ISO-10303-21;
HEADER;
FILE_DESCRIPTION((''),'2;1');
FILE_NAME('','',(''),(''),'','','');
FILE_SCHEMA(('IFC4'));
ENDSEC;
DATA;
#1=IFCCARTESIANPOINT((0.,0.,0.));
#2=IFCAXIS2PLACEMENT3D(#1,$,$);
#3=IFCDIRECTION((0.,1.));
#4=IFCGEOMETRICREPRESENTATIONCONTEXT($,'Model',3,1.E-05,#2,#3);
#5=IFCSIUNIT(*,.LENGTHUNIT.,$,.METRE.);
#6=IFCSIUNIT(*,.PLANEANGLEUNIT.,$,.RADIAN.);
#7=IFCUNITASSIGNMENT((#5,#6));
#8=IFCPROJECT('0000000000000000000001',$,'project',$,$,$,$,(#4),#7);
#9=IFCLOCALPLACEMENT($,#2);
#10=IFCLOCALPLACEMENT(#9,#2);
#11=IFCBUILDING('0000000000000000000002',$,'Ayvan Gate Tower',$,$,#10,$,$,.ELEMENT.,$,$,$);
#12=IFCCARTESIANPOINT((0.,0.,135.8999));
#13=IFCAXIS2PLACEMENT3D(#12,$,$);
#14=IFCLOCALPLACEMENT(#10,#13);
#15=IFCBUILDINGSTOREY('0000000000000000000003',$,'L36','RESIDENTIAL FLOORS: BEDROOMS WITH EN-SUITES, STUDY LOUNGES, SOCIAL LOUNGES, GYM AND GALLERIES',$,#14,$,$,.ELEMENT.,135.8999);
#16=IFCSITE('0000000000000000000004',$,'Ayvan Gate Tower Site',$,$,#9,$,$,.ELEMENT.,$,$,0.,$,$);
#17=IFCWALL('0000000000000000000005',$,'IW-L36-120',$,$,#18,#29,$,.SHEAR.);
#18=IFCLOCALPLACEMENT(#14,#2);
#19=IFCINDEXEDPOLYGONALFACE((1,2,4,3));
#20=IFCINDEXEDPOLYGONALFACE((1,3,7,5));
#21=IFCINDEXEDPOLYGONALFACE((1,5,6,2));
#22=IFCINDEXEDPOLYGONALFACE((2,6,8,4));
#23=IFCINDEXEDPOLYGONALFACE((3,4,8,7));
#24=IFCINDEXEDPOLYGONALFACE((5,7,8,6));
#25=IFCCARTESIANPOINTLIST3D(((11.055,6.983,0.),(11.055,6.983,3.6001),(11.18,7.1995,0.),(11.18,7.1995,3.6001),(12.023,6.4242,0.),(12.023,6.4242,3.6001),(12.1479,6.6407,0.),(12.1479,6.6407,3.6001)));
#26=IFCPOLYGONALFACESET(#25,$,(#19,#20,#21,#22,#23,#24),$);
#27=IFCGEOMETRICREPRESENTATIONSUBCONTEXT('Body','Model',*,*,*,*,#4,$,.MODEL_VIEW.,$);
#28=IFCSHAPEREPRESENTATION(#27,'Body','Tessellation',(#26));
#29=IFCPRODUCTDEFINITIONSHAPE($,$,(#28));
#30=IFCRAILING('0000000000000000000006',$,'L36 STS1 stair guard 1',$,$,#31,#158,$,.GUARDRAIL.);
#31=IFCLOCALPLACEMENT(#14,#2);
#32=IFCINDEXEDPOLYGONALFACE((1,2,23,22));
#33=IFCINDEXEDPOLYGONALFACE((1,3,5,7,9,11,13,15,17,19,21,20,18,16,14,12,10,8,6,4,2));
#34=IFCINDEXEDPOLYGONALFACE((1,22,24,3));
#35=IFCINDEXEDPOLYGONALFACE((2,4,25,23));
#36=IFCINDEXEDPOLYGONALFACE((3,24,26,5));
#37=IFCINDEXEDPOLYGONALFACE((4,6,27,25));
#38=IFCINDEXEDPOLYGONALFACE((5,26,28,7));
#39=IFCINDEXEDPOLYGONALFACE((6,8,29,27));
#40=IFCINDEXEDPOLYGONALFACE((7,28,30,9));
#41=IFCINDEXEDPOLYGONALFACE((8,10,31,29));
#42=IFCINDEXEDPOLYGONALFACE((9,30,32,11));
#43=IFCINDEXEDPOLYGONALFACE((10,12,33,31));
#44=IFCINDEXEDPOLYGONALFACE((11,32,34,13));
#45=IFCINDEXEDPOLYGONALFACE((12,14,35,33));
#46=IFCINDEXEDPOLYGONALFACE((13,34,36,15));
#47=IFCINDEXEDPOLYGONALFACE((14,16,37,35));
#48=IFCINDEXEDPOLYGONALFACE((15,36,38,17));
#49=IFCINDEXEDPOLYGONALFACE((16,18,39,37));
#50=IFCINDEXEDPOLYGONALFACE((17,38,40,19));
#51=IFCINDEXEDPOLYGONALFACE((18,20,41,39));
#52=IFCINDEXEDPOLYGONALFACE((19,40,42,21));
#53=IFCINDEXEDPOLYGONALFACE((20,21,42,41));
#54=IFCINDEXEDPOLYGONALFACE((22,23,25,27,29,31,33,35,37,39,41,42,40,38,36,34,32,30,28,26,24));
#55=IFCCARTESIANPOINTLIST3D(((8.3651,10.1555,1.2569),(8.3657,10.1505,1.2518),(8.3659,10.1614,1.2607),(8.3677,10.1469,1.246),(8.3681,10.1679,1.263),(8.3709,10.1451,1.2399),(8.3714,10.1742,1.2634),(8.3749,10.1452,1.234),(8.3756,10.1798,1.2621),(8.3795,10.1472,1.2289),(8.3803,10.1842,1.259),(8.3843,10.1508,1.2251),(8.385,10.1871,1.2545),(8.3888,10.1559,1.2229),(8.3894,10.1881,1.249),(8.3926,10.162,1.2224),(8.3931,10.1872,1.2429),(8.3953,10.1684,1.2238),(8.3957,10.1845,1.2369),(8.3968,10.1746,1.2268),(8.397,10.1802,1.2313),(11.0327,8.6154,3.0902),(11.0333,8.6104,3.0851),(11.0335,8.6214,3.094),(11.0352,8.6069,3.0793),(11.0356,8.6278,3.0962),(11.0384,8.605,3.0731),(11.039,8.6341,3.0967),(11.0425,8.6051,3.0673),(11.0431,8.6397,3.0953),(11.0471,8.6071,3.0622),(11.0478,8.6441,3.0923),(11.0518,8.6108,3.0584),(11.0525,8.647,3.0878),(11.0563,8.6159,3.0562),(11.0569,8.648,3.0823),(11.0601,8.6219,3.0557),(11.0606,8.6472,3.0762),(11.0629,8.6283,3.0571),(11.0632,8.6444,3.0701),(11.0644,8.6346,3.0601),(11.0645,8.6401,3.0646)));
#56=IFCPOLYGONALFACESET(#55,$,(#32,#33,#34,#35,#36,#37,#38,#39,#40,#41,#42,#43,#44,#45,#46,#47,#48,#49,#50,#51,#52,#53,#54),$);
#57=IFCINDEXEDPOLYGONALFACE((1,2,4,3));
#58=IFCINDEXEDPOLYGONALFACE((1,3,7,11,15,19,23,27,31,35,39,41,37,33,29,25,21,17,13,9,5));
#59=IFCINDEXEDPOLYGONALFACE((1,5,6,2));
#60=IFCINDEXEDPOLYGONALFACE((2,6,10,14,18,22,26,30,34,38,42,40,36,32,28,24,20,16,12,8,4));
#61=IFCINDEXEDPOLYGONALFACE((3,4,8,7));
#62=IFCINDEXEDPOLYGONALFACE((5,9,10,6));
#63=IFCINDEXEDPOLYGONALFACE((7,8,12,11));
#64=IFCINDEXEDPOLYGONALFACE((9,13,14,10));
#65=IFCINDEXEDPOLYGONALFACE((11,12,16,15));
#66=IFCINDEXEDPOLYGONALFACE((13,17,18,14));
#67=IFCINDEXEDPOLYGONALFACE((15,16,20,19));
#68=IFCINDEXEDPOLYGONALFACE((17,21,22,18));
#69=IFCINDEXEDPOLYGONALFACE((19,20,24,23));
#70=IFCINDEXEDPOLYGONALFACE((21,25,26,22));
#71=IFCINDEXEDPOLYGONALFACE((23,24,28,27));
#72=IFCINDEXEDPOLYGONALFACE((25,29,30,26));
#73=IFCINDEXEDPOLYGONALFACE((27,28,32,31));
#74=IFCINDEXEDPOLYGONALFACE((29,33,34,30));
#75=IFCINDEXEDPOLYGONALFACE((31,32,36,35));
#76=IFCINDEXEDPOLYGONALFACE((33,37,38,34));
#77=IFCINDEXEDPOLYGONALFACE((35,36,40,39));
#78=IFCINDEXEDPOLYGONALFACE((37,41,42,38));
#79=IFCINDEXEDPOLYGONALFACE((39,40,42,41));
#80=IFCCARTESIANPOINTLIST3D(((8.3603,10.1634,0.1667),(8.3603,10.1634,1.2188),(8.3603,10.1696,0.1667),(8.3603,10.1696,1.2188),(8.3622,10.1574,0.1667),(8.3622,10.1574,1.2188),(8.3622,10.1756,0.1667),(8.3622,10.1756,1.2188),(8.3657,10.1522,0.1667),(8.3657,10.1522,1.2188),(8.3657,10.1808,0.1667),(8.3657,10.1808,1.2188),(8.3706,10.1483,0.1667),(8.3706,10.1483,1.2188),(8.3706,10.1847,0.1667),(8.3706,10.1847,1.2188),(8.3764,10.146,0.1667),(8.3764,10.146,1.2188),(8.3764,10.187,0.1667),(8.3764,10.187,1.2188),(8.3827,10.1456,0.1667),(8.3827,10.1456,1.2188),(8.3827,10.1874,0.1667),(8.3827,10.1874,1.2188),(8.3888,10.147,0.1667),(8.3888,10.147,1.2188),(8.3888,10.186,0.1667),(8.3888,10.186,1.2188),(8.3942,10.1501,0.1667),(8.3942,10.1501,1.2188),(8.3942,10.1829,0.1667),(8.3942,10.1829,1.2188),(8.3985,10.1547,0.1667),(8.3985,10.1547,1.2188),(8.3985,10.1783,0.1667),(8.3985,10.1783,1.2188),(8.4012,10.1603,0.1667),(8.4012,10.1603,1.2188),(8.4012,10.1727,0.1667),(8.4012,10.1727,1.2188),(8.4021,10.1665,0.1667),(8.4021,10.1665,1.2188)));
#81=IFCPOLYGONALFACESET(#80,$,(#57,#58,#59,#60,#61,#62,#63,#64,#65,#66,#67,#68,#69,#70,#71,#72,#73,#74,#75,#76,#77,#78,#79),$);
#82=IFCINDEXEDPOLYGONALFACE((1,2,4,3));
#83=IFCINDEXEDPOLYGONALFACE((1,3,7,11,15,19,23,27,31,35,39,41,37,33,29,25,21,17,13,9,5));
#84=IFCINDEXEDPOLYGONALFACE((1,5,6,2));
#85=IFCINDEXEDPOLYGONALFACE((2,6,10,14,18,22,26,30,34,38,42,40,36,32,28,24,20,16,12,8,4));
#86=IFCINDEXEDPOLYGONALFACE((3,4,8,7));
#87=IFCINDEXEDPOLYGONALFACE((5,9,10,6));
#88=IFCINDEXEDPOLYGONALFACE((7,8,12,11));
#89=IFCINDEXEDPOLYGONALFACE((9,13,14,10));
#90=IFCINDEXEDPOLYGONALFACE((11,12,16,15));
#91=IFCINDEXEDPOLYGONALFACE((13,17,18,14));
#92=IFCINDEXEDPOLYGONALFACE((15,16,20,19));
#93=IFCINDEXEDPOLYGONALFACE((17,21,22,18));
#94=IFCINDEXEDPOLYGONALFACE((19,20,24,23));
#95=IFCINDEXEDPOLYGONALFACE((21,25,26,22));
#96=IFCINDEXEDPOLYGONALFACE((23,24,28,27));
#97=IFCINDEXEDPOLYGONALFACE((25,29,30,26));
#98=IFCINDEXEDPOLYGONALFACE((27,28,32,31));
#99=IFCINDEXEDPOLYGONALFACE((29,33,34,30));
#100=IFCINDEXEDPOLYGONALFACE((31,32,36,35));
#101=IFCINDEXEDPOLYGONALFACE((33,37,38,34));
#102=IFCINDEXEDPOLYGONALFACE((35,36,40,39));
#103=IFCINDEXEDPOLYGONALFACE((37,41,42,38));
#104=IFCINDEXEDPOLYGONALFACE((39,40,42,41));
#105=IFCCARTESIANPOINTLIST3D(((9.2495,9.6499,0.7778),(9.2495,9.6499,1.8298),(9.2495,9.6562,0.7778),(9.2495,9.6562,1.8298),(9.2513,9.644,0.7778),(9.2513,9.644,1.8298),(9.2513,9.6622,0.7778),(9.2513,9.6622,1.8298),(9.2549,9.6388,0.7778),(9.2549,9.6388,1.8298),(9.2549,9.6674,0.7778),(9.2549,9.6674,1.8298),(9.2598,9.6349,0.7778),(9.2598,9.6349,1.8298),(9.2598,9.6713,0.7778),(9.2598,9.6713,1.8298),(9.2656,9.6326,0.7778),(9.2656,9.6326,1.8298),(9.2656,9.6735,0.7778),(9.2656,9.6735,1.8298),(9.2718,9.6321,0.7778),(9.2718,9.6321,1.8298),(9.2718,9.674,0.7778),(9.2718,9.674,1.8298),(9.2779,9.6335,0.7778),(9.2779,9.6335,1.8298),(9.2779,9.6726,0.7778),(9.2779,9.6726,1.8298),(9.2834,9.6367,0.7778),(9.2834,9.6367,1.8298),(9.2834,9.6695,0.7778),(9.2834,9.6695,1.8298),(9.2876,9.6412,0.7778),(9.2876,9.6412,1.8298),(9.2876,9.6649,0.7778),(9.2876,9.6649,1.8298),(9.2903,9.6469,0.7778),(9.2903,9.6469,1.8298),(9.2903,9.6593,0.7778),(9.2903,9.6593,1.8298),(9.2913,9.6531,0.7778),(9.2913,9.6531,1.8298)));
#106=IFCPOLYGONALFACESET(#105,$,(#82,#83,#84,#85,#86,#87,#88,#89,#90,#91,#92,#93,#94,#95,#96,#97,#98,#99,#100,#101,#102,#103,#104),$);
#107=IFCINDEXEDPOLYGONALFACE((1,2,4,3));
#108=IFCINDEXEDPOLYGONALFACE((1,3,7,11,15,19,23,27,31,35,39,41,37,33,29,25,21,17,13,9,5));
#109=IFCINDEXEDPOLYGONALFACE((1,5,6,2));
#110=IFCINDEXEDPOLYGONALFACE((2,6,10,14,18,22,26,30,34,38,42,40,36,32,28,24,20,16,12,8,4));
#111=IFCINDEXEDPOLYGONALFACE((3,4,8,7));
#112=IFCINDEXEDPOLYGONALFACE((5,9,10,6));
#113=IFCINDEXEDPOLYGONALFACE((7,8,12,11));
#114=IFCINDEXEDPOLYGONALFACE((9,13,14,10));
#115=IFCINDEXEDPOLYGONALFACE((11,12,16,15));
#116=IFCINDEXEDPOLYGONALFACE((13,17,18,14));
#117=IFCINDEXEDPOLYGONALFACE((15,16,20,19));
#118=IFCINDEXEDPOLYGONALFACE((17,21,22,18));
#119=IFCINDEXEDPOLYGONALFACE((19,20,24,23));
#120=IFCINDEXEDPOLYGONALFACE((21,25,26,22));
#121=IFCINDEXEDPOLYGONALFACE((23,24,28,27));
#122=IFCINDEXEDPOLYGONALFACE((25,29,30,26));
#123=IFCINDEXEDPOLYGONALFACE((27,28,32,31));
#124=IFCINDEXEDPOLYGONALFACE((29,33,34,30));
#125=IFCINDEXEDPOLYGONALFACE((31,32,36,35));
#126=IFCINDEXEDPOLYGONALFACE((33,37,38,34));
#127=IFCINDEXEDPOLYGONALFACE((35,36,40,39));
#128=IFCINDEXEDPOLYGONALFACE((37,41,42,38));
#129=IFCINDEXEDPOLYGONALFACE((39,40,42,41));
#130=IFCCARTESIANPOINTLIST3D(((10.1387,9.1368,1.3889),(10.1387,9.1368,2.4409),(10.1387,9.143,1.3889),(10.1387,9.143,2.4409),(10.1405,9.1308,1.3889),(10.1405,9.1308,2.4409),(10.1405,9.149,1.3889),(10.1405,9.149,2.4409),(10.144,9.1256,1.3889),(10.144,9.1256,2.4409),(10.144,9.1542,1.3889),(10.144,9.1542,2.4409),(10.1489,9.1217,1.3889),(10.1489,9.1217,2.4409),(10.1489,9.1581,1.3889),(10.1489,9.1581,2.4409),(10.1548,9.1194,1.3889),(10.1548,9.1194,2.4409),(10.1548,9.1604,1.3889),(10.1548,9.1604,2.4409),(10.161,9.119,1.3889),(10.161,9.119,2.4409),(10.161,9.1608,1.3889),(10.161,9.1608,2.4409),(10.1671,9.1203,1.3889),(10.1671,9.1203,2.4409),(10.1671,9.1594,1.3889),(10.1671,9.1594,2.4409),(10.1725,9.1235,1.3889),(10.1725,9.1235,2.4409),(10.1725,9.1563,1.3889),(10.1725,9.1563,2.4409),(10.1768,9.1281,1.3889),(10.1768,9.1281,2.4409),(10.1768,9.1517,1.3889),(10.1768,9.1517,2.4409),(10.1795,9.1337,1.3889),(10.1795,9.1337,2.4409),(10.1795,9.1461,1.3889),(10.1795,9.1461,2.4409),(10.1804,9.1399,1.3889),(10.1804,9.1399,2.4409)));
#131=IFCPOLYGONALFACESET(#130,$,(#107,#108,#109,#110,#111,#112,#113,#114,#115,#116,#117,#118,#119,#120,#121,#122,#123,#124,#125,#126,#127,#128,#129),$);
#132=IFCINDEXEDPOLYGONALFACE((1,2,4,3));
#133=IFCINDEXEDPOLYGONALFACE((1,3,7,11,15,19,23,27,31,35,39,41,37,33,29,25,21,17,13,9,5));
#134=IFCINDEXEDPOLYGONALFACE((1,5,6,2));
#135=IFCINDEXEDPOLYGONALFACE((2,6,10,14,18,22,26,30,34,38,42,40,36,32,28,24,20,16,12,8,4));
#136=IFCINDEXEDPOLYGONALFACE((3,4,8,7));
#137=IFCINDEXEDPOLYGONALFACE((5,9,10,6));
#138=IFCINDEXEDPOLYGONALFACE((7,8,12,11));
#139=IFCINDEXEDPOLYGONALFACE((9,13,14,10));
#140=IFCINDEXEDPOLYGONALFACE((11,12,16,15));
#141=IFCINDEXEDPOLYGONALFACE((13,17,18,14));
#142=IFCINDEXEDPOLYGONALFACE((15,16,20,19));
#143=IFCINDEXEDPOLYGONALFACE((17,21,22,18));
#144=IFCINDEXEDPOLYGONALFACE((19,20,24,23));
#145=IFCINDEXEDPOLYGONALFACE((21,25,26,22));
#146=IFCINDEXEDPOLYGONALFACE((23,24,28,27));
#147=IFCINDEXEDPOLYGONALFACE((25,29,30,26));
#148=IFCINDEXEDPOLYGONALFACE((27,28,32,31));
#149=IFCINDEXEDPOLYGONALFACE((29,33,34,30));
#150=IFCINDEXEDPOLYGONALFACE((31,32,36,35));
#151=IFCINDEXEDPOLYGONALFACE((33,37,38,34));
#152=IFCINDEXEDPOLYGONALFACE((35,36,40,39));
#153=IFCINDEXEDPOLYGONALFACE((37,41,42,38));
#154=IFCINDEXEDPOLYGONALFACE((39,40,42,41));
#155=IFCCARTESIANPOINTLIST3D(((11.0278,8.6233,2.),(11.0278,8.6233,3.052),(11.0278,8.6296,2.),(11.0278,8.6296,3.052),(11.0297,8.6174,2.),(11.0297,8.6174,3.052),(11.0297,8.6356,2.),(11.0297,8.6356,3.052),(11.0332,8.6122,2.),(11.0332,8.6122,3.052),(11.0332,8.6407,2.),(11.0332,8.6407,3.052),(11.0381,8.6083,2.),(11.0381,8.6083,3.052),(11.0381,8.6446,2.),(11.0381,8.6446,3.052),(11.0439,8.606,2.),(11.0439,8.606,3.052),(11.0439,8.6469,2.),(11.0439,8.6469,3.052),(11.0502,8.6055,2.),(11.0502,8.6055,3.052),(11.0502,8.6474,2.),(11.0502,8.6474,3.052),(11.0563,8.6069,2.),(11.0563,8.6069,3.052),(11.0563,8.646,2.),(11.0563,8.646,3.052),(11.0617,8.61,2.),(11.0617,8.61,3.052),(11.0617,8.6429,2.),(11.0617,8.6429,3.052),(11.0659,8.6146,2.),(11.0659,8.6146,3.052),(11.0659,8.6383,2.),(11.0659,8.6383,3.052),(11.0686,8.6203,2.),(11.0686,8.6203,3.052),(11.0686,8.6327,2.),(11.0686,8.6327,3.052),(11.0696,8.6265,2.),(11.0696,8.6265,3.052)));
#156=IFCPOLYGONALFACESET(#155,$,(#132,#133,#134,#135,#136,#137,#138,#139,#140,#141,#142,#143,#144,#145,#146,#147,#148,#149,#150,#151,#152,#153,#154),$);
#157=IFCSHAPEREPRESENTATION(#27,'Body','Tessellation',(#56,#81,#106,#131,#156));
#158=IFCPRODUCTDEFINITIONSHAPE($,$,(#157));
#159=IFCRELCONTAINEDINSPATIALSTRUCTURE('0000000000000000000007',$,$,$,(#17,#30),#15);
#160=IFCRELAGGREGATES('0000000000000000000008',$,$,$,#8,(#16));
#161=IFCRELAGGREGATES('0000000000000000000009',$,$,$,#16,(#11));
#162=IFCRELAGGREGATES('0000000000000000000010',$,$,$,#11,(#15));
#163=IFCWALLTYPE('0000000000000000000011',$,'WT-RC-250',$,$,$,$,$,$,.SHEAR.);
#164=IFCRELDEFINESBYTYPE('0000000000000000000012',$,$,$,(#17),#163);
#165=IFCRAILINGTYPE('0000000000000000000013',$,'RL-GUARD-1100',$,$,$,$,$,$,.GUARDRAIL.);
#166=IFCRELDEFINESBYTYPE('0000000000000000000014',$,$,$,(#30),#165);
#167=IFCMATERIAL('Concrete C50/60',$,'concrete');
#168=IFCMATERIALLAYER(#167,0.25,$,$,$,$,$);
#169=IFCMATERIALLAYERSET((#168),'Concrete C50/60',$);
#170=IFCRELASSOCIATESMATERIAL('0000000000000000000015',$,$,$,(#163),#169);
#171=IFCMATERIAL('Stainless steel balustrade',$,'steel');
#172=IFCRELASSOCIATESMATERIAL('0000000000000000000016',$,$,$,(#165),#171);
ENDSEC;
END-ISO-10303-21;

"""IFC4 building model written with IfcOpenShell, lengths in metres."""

from ifc_helpers import new_model, si_unit, direction, frame, frame_2d, origin, origin_2d, place, context, subcontext, project, spatial, rectangle, circle, extrude, material, layer, layer_set, type_object, element, save


model = new_model("IFC4")

# Units and contexts
model_context = context("Model", 3, precision=1e-05, world=origin(), true_north=direction((0.0, 1.0)))
body_context = subcontext(model_context, "Body", "Model", "MODEL_VIEW")
ifc_project = project(units=[si_unit("LENGTHUNIT", "METRE"), si_unit("PLANEANGLEUNIT", "RADIAN")], contexts=[model_context])

# Site, building, storey
site_placement = place(None, origin())
site = spatial("IfcSite", under=ifc_project, at=site_placement, Name="Ayvan Gate Tower Site", CompositionType="ELEMENT", RefElevation=0.0)
building_placement = place(site_placement, origin())
building = spatial("IfcBuilding", under=site, at=building_placement, Name="Ayvan Gate Tower", CompositionType="ELEMENT")
storey_placement = place(building_placement, frame((0.0, 0.0, 135.8999)))
storey = spatial("IfcBuildingStorey", under=building, at=storey_placement, Name="L36", Description="RESIDENTIAL FLOORS: BEDROOMS WITH EN-SUITES, STUDY LOUNGES, SOCIAL LOUNGES, GYM AND GALLERIES", CompositionType="ELEMENT", Elevation=135.8999)

# Shared definitions
ifc_material_1 = material(Name="Concrete C50/60", Category="concrete")
ifc_layer_1 = layer(ifc_material_1, 0.25)
ifc_layer_set_1 = layer_set([ifc_layer_1], Name="Concrete C50/60")
wall_type_1 = type_object("IfcWallType", Name="WT-RC-250", PredefinedType="SHEAR", material=ifc_layer_set_1)

# Wall
wall_1_placement = place(storey_placement, frame((12.0854, 6.5325, 0.0), z_axis=(0.0, 0.0, 1.0), x_axis=(-0.866044, 0.499968, 0.0)))
element("IfcWall", 1, at=wall_1_placement, inside=storey, type_object=wall_type_1, Name="IW-L36-120", PredefinedType="SHEAR", context=body_context, shape_type="SweptSolid", body=[
    extrude(rectangle(XDim=1.1177, YDim=0.25, at=frame_2d((0.5588, 0.0))), origin(), (0.0, 0.0, 1.0), 3.6001),
])

# Railing
ifc_material_2 = material(Name="Stainless steel balustrade", Category="steel")
railing_type_1 = type_object("IfcRailingType", Name="RL-GUARD-1100", PredefinedType="GUARDRAIL", material=ifc_material_2)
railing_1_placement = place(storey_placement, frame((8.3811, 10.1665, 0.1667)))
element("IfcRailing", 2, at=railing_1_placement, inside=storey, type_object=railing_type_1, Name="L36 STS1 stair guard 1", PredefinedType="GUARDRAIL", context=body_context, shape_type="SweptSolid", body=[
    extrude(circle(Radius=0.0239, at=origin_2d()), frame((0.0, 0.0, 1.0762), z_axis=(0.74419, -0.429649, 0.511452), x_axis=(0.499992, 0.86603, 0.0)), (0.0, 0.0, 1.0), 3.5845),
    extrude(circle(Radius=0.021, at=origin_2d()), origin(), (0.0, 0.0, 1.0), 1.052),
    extrude(circle(Radius=0.021, at=origin_2d()), frame((0.8892, -0.5134, 0.6111)), (0.0, 0.0, 1.0), 1.052),
    extrude(circle(Radius=0.021, at=origin_2d()), frame((1.7783, -1.0266, 1.2222)), (0.0, 0.0, 1.0), 1.052),
    extrude(circle(Radius=0.021, at=origin_2d()), frame((2.6675, -1.54, 1.8333)), (0.0, 0.0, 1.0), 1.052),
])

save(model, "model.ifc")
